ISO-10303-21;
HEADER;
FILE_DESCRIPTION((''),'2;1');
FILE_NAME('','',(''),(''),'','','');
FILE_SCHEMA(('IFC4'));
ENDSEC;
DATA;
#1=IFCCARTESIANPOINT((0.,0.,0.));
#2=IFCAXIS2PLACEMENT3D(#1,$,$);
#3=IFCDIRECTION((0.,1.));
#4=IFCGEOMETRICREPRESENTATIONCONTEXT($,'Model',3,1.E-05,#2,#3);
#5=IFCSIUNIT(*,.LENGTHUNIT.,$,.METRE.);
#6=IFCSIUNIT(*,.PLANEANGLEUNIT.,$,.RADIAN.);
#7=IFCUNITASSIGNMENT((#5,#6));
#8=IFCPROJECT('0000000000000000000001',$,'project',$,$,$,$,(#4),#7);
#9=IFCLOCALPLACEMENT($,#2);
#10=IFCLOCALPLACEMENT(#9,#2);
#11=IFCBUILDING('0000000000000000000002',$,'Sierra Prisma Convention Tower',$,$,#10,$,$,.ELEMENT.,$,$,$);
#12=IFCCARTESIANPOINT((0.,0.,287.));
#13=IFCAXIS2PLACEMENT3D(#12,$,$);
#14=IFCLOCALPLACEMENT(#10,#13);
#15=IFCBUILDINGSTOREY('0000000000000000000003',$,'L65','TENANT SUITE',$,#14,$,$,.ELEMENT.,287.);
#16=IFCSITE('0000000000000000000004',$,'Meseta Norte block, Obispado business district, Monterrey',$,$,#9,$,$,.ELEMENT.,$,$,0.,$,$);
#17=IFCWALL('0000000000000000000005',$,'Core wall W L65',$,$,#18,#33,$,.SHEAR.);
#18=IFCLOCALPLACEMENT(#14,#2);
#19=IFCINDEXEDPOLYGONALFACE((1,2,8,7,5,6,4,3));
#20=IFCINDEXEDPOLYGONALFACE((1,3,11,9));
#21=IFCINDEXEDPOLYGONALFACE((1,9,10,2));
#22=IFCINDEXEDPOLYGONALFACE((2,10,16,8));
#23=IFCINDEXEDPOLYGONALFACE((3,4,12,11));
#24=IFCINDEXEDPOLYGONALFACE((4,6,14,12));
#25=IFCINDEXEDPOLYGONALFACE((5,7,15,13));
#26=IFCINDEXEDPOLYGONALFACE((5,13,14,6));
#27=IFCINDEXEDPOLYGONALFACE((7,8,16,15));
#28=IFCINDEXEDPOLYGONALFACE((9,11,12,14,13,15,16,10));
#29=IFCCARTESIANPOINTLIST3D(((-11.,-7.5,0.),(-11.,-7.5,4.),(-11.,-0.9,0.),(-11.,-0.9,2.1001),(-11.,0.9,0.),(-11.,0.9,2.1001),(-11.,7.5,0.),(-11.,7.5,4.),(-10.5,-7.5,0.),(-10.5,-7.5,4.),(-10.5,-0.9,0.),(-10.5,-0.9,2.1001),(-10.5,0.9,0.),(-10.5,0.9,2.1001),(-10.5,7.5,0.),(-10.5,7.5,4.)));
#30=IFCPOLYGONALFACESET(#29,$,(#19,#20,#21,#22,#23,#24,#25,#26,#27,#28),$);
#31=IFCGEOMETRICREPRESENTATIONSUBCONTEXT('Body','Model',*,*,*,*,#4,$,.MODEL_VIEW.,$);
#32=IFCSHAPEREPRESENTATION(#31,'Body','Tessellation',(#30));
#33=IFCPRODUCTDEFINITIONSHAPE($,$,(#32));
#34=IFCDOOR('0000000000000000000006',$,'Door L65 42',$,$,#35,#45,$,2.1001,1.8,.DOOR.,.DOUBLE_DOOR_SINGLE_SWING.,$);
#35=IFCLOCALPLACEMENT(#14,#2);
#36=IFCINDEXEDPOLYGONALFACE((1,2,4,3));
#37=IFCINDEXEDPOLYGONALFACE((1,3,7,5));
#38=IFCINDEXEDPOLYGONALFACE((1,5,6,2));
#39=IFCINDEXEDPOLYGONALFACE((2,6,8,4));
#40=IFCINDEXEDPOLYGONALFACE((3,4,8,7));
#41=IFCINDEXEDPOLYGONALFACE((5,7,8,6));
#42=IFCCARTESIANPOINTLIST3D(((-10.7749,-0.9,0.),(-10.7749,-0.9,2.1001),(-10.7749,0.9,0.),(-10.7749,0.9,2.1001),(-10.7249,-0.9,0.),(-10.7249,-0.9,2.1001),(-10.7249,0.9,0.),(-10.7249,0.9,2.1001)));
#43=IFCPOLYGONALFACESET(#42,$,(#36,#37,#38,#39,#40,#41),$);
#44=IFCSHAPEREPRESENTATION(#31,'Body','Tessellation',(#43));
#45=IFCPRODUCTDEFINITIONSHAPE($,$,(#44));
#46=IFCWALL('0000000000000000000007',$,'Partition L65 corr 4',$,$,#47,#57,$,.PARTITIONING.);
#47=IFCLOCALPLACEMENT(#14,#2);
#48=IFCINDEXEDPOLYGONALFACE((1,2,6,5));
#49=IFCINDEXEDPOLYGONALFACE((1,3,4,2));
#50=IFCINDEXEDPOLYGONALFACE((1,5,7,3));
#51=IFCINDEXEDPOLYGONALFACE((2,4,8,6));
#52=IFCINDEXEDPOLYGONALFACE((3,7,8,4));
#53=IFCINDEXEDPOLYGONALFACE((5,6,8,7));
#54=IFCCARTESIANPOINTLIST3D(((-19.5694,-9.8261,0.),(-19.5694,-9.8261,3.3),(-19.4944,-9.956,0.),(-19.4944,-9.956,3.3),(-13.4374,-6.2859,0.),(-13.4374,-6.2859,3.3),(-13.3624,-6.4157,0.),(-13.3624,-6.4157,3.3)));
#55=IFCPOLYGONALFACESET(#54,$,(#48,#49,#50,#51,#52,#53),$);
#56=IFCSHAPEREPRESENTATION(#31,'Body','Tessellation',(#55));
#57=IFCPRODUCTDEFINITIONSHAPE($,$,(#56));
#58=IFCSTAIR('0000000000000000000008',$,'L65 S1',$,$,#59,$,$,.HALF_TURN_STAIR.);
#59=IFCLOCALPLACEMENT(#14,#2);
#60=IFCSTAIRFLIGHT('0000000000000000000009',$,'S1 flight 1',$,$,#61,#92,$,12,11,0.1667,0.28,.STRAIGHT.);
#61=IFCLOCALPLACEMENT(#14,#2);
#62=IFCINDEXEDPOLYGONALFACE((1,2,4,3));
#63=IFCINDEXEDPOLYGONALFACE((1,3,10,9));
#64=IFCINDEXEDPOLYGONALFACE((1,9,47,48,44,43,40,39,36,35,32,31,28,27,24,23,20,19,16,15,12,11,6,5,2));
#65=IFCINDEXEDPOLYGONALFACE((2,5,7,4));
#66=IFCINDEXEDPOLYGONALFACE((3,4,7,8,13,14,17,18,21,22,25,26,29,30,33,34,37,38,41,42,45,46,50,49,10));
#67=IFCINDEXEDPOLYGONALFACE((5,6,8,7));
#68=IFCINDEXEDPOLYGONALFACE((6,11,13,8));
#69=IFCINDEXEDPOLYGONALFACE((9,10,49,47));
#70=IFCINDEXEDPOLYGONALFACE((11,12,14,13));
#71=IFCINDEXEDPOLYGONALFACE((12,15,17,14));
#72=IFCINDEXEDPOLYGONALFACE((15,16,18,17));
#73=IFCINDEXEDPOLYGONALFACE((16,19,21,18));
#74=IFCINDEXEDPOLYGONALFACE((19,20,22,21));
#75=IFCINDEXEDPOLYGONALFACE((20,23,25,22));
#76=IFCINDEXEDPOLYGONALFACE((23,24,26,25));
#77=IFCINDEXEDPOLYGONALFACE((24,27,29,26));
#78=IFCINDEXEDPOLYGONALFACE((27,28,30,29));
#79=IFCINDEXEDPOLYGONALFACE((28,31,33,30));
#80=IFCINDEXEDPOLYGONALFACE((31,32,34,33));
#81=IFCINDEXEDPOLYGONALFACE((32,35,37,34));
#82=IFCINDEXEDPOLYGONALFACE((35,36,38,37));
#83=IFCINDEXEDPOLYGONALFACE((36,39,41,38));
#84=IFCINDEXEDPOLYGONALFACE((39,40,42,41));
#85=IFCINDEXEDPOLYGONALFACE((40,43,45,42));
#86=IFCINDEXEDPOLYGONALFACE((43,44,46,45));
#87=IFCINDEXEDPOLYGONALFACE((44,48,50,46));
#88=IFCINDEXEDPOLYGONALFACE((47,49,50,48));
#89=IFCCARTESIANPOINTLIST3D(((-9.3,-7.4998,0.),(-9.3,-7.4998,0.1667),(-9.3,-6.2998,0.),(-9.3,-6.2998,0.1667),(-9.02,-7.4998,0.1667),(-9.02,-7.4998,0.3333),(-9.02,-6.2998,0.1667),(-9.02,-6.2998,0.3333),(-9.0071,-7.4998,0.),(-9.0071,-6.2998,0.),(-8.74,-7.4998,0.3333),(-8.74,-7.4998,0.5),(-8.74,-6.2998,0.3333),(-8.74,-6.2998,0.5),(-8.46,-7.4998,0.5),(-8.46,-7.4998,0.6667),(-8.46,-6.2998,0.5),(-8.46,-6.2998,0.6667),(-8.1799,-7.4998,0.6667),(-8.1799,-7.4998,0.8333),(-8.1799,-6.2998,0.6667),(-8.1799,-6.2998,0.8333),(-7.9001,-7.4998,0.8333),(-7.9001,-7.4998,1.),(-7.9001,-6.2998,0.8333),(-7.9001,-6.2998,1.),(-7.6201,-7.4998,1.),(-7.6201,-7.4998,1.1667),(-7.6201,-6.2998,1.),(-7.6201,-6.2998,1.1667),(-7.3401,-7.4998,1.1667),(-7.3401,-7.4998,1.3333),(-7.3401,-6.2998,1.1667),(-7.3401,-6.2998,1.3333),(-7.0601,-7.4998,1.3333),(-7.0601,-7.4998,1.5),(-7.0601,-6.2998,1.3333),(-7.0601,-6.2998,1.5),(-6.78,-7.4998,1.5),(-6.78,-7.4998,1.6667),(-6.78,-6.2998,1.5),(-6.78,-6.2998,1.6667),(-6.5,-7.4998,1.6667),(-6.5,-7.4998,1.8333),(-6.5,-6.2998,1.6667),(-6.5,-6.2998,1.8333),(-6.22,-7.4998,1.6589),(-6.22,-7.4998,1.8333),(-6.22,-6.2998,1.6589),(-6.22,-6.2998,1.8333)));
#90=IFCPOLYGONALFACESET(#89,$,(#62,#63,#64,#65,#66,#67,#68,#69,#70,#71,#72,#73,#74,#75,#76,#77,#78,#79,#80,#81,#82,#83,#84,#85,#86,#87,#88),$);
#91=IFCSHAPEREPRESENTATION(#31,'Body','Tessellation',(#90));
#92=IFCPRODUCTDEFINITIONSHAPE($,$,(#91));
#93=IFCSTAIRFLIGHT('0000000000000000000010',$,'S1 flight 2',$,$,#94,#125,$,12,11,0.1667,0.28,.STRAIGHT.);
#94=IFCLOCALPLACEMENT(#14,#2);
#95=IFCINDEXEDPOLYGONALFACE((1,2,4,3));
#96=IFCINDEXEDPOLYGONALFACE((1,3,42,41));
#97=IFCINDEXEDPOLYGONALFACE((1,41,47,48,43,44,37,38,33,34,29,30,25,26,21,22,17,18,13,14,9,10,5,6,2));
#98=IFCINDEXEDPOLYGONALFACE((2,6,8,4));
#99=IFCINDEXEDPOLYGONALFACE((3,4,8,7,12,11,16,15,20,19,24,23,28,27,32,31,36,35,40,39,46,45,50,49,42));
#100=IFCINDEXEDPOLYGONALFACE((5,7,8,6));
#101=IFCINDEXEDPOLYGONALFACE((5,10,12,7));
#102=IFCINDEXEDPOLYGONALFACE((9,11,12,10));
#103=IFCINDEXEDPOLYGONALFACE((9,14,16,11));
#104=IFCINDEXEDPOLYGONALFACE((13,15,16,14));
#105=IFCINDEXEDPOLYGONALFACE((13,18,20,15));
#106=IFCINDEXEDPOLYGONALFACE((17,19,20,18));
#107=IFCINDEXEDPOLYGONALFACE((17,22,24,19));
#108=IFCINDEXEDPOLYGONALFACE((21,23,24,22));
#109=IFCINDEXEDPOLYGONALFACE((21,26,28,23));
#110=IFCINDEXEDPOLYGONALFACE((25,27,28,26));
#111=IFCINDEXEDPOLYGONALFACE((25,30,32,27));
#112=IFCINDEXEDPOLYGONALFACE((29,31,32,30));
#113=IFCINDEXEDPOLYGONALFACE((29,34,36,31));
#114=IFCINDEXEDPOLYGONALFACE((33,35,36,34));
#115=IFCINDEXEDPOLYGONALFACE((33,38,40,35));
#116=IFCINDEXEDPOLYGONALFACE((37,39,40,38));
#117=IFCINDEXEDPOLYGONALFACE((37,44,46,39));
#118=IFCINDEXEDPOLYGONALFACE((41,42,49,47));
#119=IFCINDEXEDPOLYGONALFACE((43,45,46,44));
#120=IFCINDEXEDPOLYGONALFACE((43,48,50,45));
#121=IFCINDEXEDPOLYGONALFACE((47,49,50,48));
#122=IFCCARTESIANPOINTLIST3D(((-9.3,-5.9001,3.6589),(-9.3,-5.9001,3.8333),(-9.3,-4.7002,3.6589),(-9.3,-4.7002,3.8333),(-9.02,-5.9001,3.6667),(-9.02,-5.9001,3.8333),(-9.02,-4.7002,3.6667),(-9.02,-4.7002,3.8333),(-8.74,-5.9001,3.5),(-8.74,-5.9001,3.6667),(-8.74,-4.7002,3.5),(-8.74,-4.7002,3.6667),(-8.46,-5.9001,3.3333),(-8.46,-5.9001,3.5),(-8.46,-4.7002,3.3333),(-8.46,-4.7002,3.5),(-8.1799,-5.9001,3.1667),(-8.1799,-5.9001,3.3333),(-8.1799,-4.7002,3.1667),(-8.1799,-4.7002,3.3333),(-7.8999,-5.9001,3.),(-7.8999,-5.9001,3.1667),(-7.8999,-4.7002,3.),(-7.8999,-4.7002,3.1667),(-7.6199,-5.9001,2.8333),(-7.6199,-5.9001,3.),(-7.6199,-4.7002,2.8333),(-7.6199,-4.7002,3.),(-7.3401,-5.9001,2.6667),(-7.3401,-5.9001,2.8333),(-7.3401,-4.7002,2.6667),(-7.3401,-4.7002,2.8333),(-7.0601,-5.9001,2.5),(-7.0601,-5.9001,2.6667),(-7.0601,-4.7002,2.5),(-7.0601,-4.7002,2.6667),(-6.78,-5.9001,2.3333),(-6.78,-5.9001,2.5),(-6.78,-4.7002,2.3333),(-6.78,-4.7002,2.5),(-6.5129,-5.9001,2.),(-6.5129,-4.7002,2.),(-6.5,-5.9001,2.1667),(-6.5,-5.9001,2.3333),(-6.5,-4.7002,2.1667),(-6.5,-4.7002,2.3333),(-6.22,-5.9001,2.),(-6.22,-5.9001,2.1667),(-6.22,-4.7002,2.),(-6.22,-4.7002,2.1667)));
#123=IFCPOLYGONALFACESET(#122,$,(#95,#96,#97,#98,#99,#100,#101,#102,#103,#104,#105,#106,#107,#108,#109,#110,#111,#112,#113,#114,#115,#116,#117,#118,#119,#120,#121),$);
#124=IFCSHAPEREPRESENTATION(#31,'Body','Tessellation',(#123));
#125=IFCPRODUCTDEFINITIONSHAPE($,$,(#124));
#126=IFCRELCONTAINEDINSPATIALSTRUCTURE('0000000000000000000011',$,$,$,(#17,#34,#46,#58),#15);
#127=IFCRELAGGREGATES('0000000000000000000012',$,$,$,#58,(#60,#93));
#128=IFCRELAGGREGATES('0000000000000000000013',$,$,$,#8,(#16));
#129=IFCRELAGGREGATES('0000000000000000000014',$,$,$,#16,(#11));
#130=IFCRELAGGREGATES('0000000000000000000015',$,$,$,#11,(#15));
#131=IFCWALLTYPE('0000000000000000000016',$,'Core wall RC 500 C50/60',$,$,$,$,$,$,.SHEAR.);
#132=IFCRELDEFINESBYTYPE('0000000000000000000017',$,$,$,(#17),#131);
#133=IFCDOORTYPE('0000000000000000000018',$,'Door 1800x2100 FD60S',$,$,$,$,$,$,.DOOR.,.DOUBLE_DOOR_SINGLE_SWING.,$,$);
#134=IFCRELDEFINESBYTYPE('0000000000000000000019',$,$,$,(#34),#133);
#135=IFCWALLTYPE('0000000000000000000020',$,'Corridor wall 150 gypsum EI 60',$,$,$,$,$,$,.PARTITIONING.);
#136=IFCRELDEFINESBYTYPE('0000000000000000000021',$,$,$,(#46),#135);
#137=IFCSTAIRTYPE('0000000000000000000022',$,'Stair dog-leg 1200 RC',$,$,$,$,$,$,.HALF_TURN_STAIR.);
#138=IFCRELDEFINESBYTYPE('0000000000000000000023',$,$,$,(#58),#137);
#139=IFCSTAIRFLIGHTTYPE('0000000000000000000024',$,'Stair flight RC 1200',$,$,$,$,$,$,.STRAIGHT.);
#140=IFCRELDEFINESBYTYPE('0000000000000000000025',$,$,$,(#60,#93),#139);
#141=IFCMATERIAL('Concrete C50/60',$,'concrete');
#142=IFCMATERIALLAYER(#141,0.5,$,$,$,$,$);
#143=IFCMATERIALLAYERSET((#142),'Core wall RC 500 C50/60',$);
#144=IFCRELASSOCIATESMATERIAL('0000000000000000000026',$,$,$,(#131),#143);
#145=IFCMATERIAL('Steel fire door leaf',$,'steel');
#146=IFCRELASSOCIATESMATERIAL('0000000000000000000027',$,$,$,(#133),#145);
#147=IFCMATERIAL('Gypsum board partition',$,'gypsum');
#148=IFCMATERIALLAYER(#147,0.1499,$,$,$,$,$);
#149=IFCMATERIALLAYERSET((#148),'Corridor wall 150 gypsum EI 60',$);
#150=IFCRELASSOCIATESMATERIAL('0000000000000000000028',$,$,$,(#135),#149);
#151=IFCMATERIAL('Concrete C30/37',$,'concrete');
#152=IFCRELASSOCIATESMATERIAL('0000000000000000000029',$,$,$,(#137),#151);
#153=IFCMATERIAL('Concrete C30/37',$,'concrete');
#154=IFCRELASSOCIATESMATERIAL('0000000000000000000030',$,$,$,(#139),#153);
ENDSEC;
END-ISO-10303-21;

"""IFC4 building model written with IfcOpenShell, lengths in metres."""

from ifc_helpers import new_model, si_unit, direction, frame, frame_2d, origin, place, context, subcontext, project, spatial, polyline, rectangle, outline, extrude, material, layer, layer_set, type_object, element, fill, aggregate, save


model = new_model("IFC4")

# Units and contexts
model_context = context("Model", 3, precision=1e-05, world=origin(), true_north=direction((0.0, 1.0)))
body_context = subcontext(model_context, "Body", "Model", "MODEL_VIEW")
ifc_project = project(units=[si_unit("LENGTHUNIT", "METRE"), si_unit("PLANEANGLEUNIT", "RADIAN")], contexts=[model_context])

# Site, building, storey
site_placement = place(None, origin())
site = spatial("IfcSite", under=ifc_project, at=site_placement, Name="Meseta Norte block, Obispado business district, Monterrey", CompositionType="ELEMENT", RefElevation=0.0)
building_placement = place(site_placement, origin())
building = spatial("IfcBuilding", under=site, at=building_placement, Name="Sierra Prisma Convention Tower", CompositionType="ELEMENT")
storey_placement = place(building_placement, frame((0.0, 0.0, 287.0)))
storey = spatial("IfcBuildingStorey", under=building, at=storey_placement, Name="L65", Description="TENANT SUITE", CompositionType="ELEMENT", Elevation=287.0)

# Wall, opening, door
ifc_material_1 = material(Name="Concrete C50/60", Category="concrete")
ifc_layer_1 = layer(ifc_material_1, 0.5)
ifc_layer_set_1 = layer_set([ifc_layer_1], Name="Core wall RC 500 C50/60")
wall_type_1 = type_object("IfcWallType", Name="Core wall RC 500 C50/60", PredefinedType="SHEAR", material=ifc_layer_set_1)
wall_1_placement = place(storey_placement, frame((-10.75, -7.5, 0.0), z_axis=(0.0, 0.0, 1.0), x_axis=(0.0, 1.0, 0.0)))
wall_1 = element("IfcWall", 1, at=wall_1_placement, inside=storey, type_object=wall_type_1, Name="Core wall W L65", PredefinedType="SHEAR", context=body_context, shape_type="SweptSolid", body=[
    extrude(rectangle(XDim=15.0, YDim=0.5, at=frame_2d((7.5, 0.0))), origin(), (0.0, 0.0, 1.0), 4.0),
])
opening_1_placement = place(wall_1_placement, frame((6.6001, 0.0, 0.0)))
opening_1 = element("IfcOpeningElement", 2, at=opening_1_placement, cuts=wall_1, PredefinedType="OPENING", context=body_context, shape_type="SweptSolid", body=[
    extrude(rectangle(XDim=1.8, YDim=2.1001, at=frame_2d((0.8999, 1.05))), frame((0.0, 0.25, 0.0), z_axis=(0.0, -1.0, 0.0), x_axis=(1.0, 0.0, 0.0)), (0.0, 0.0, 1.0), 0.5),
])
ifc_material_2 = material(Name="Steel fire door leaf", Category="steel")
door_type_1 = type_object("IfcDoorType", Name="Door 1800x2100 FD60S", OperationType="DOUBLE_DOOR_SINGLE_SWING", PredefinedType="DOOR", material=ifc_material_2)
door_1_placement = place(opening_1_placement, origin())
door_1 = element("IfcDoor", 3, at=door_1_placement, inside=storey, type_object=door_type_1, Name="Door L65 42", OperationType="DOUBLE_DOOR_SINGLE_SWING", OverallHeight=2.1001, OverallWidth=1.8, PredefinedType="DOOR", context=body_context, shape_type="SweptSolid", body=[
    extrude(rectangle(XDim=1.8, YDim=2.1001, at=frame_2d((0.8999, 1.05))), frame((0.0, 0.0249, 0.0), z_axis=(0.0, -1.0, 0.0), x_axis=(1.0, 0.0, 0.0)), (0.0, 0.0, 1.0), 0.05),
])
fill(opening_1, door_1)

# Wall
ifc_material_3 = material(Name="Gypsum board partition", Category="gypsum")
ifc_layer_2 = layer(ifc_material_3, 0.1499)
ifc_layer_set_2 = layer_set([ifc_layer_2], Name="Corridor wall 150 gypsum EI 60")
wall_type_2 = type_object("IfcWallType", Name="Corridor wall 150 gypsum EI 60", PredefinedType="PARTITIONING", material=ifc_layer_set_2)
wall_2_placement = place(storey_placement, frame((-13.3999, -6.3508, 0.0), z_axis=(0.0, 0.0, 1.0), x_axis=(-0.86603, -0.499992, 0.0)))
element("IfcWall", 4, at=wall_2_placement, inside=storey, type_object=wall_type_2, Name="Partition L65 corr 4", PredefinedType="PARTITIONING", context=body_context, shape_type="SweptSolid", body=[
    extrude(rectangle(XDim=7.0806, YDim=0.1499, at=frame_2d((3.5403, 0.0))), origin(), (0.0, 0.0, 1.0), 3.3),
])

# Stair, stair flights
ifc_material_4 = material(Name="Concrete C30/37", Category="concrete")
stair_type = type_object("IfcStairType", Name="Stair dog-leg 1200 RC", PredefinedType="HALF_TURN_STAIR", material=ifc_material_4)
stair_placement = place(storey_placement, origin())
stair = element("IfcStair", 5, at=stair_placement, inside=storey, type_object=stair_type, Name="L65 S1", PredefinedType="HALF_TURN_STAIR")
ifc_material_5 = material(Name="Concrete C30/37", Category="concrete")
stair_flight_type = type_object("IfcStairFlightType", Name="Stair flight RC 1200", PredefinedType="STRAIGHT", material=ifc_material_5)
stair_flight_1_placement = place(storey_placement, frame((-9.3, -6.8999, 0.0), z_axis=(0.0, 0.0, 1.0), x_axis=(1.0, 0.0, 0.0)))
stair_flight_1 = element("IfcStairFlight", 6, at=stair_flight_1_placement, type_object=stair_flight_type, Name="S1 flight 1", NumberOfRisers=12, NumberOfTreads=11, PredefinedType="STRAIGHT", RiserHeight=0.1667, TreadLength=0.28, context=body_context, shape_type="SweptSolid", body=[
    extrude(outline(polyline([(0.0, 0.0), (0.0, 0.1667), (0.28, 0.1667), (0.28, 0.3333), (0.5601, 0.3333), (0.5601, 0.5), (0.8401, 0.5), (0.8401, 0.6667), (1.1201, 0.6667), (1.1201, 0.8333), (1.3999, 0.8333), (1.3999, 1.0), (1.6799, 1.0), (1.6799, 1.1667), (1.96, 1.1667), (1.96, 1.3333), (2.24, 1.3333), (2.24, 1.5), (2.52, 1.5), (2.52, 1.6667), (2.8, 1.6667), (2.8, 1.8333), (3.0801, 1.8333), (3.0801, 2.0), (3.0801, 1.6589), (0.293, 0.0), (0.0, 0.0)])), frame((0.0, 0.6001, 0.0), z_axis=(0.0, -1.0, 0.0), x_axis=(1.0, 0.0, 0.0)), (0.0, 0.0, 1.0), 1.2),
])
stair_flight_2_placement = place(storey_placement, frame((-6.22, -5.3, 2.0), z_axis=(0.0, 0.0, 1.0), x_axis=(-1.0, 0.0, 0.0)))
stair_flight_2 = element("IfcStairFlight", 7, at=stair_flight_2_placement, type_object=stair_flight_type, Name="S1 flight 2", NumberOfRisers=12, NumberOfTreads=11, PredefinedType="STRAIGHT", RiserHeight=0.1667, TreadLength=0.28, context=body_context, shape_type="SweptSolid", body=[
    extrude(outline(polyline([(0.0, 0.0), (0.0, 0.1667), (0.28, 0.1667), (0.28, 0.3333), (0.5601, 0.3333), (0.5601, 0.5), (0.8401, 0.5), (0.8401, 0.6667), (1.1201, 0.6667), (1.1201, 0.8333), (1.3999, 0.8333), (1.3999, 1.0), (1.6799, 1.0), (1.6799, 1.1667), (1.96, 1.1667), (1.96, 1.3333), (2.24, 1.3333), (2.24, 1.5), (2.52, 1.5), (2.52, 1.6667), (2.8, 1.6667), (2.8, 1.8333), (3.0801, 1.8333), (3.0801, 2.0), (3.0801, 1.6589), (0.293, 0.0), (0.0, 0.0)])), frame((0.0, 0.6001, 0.0), z_axis=(0.0, -1.0, 0.0), x_axis=(1.0, 0.0, 0.0)), (0.0, 0.0, 1.0), 1.2),
])
aggregate(stair, [stair_flight_1, stair_flight_2])

save(model, "model.ifc")
